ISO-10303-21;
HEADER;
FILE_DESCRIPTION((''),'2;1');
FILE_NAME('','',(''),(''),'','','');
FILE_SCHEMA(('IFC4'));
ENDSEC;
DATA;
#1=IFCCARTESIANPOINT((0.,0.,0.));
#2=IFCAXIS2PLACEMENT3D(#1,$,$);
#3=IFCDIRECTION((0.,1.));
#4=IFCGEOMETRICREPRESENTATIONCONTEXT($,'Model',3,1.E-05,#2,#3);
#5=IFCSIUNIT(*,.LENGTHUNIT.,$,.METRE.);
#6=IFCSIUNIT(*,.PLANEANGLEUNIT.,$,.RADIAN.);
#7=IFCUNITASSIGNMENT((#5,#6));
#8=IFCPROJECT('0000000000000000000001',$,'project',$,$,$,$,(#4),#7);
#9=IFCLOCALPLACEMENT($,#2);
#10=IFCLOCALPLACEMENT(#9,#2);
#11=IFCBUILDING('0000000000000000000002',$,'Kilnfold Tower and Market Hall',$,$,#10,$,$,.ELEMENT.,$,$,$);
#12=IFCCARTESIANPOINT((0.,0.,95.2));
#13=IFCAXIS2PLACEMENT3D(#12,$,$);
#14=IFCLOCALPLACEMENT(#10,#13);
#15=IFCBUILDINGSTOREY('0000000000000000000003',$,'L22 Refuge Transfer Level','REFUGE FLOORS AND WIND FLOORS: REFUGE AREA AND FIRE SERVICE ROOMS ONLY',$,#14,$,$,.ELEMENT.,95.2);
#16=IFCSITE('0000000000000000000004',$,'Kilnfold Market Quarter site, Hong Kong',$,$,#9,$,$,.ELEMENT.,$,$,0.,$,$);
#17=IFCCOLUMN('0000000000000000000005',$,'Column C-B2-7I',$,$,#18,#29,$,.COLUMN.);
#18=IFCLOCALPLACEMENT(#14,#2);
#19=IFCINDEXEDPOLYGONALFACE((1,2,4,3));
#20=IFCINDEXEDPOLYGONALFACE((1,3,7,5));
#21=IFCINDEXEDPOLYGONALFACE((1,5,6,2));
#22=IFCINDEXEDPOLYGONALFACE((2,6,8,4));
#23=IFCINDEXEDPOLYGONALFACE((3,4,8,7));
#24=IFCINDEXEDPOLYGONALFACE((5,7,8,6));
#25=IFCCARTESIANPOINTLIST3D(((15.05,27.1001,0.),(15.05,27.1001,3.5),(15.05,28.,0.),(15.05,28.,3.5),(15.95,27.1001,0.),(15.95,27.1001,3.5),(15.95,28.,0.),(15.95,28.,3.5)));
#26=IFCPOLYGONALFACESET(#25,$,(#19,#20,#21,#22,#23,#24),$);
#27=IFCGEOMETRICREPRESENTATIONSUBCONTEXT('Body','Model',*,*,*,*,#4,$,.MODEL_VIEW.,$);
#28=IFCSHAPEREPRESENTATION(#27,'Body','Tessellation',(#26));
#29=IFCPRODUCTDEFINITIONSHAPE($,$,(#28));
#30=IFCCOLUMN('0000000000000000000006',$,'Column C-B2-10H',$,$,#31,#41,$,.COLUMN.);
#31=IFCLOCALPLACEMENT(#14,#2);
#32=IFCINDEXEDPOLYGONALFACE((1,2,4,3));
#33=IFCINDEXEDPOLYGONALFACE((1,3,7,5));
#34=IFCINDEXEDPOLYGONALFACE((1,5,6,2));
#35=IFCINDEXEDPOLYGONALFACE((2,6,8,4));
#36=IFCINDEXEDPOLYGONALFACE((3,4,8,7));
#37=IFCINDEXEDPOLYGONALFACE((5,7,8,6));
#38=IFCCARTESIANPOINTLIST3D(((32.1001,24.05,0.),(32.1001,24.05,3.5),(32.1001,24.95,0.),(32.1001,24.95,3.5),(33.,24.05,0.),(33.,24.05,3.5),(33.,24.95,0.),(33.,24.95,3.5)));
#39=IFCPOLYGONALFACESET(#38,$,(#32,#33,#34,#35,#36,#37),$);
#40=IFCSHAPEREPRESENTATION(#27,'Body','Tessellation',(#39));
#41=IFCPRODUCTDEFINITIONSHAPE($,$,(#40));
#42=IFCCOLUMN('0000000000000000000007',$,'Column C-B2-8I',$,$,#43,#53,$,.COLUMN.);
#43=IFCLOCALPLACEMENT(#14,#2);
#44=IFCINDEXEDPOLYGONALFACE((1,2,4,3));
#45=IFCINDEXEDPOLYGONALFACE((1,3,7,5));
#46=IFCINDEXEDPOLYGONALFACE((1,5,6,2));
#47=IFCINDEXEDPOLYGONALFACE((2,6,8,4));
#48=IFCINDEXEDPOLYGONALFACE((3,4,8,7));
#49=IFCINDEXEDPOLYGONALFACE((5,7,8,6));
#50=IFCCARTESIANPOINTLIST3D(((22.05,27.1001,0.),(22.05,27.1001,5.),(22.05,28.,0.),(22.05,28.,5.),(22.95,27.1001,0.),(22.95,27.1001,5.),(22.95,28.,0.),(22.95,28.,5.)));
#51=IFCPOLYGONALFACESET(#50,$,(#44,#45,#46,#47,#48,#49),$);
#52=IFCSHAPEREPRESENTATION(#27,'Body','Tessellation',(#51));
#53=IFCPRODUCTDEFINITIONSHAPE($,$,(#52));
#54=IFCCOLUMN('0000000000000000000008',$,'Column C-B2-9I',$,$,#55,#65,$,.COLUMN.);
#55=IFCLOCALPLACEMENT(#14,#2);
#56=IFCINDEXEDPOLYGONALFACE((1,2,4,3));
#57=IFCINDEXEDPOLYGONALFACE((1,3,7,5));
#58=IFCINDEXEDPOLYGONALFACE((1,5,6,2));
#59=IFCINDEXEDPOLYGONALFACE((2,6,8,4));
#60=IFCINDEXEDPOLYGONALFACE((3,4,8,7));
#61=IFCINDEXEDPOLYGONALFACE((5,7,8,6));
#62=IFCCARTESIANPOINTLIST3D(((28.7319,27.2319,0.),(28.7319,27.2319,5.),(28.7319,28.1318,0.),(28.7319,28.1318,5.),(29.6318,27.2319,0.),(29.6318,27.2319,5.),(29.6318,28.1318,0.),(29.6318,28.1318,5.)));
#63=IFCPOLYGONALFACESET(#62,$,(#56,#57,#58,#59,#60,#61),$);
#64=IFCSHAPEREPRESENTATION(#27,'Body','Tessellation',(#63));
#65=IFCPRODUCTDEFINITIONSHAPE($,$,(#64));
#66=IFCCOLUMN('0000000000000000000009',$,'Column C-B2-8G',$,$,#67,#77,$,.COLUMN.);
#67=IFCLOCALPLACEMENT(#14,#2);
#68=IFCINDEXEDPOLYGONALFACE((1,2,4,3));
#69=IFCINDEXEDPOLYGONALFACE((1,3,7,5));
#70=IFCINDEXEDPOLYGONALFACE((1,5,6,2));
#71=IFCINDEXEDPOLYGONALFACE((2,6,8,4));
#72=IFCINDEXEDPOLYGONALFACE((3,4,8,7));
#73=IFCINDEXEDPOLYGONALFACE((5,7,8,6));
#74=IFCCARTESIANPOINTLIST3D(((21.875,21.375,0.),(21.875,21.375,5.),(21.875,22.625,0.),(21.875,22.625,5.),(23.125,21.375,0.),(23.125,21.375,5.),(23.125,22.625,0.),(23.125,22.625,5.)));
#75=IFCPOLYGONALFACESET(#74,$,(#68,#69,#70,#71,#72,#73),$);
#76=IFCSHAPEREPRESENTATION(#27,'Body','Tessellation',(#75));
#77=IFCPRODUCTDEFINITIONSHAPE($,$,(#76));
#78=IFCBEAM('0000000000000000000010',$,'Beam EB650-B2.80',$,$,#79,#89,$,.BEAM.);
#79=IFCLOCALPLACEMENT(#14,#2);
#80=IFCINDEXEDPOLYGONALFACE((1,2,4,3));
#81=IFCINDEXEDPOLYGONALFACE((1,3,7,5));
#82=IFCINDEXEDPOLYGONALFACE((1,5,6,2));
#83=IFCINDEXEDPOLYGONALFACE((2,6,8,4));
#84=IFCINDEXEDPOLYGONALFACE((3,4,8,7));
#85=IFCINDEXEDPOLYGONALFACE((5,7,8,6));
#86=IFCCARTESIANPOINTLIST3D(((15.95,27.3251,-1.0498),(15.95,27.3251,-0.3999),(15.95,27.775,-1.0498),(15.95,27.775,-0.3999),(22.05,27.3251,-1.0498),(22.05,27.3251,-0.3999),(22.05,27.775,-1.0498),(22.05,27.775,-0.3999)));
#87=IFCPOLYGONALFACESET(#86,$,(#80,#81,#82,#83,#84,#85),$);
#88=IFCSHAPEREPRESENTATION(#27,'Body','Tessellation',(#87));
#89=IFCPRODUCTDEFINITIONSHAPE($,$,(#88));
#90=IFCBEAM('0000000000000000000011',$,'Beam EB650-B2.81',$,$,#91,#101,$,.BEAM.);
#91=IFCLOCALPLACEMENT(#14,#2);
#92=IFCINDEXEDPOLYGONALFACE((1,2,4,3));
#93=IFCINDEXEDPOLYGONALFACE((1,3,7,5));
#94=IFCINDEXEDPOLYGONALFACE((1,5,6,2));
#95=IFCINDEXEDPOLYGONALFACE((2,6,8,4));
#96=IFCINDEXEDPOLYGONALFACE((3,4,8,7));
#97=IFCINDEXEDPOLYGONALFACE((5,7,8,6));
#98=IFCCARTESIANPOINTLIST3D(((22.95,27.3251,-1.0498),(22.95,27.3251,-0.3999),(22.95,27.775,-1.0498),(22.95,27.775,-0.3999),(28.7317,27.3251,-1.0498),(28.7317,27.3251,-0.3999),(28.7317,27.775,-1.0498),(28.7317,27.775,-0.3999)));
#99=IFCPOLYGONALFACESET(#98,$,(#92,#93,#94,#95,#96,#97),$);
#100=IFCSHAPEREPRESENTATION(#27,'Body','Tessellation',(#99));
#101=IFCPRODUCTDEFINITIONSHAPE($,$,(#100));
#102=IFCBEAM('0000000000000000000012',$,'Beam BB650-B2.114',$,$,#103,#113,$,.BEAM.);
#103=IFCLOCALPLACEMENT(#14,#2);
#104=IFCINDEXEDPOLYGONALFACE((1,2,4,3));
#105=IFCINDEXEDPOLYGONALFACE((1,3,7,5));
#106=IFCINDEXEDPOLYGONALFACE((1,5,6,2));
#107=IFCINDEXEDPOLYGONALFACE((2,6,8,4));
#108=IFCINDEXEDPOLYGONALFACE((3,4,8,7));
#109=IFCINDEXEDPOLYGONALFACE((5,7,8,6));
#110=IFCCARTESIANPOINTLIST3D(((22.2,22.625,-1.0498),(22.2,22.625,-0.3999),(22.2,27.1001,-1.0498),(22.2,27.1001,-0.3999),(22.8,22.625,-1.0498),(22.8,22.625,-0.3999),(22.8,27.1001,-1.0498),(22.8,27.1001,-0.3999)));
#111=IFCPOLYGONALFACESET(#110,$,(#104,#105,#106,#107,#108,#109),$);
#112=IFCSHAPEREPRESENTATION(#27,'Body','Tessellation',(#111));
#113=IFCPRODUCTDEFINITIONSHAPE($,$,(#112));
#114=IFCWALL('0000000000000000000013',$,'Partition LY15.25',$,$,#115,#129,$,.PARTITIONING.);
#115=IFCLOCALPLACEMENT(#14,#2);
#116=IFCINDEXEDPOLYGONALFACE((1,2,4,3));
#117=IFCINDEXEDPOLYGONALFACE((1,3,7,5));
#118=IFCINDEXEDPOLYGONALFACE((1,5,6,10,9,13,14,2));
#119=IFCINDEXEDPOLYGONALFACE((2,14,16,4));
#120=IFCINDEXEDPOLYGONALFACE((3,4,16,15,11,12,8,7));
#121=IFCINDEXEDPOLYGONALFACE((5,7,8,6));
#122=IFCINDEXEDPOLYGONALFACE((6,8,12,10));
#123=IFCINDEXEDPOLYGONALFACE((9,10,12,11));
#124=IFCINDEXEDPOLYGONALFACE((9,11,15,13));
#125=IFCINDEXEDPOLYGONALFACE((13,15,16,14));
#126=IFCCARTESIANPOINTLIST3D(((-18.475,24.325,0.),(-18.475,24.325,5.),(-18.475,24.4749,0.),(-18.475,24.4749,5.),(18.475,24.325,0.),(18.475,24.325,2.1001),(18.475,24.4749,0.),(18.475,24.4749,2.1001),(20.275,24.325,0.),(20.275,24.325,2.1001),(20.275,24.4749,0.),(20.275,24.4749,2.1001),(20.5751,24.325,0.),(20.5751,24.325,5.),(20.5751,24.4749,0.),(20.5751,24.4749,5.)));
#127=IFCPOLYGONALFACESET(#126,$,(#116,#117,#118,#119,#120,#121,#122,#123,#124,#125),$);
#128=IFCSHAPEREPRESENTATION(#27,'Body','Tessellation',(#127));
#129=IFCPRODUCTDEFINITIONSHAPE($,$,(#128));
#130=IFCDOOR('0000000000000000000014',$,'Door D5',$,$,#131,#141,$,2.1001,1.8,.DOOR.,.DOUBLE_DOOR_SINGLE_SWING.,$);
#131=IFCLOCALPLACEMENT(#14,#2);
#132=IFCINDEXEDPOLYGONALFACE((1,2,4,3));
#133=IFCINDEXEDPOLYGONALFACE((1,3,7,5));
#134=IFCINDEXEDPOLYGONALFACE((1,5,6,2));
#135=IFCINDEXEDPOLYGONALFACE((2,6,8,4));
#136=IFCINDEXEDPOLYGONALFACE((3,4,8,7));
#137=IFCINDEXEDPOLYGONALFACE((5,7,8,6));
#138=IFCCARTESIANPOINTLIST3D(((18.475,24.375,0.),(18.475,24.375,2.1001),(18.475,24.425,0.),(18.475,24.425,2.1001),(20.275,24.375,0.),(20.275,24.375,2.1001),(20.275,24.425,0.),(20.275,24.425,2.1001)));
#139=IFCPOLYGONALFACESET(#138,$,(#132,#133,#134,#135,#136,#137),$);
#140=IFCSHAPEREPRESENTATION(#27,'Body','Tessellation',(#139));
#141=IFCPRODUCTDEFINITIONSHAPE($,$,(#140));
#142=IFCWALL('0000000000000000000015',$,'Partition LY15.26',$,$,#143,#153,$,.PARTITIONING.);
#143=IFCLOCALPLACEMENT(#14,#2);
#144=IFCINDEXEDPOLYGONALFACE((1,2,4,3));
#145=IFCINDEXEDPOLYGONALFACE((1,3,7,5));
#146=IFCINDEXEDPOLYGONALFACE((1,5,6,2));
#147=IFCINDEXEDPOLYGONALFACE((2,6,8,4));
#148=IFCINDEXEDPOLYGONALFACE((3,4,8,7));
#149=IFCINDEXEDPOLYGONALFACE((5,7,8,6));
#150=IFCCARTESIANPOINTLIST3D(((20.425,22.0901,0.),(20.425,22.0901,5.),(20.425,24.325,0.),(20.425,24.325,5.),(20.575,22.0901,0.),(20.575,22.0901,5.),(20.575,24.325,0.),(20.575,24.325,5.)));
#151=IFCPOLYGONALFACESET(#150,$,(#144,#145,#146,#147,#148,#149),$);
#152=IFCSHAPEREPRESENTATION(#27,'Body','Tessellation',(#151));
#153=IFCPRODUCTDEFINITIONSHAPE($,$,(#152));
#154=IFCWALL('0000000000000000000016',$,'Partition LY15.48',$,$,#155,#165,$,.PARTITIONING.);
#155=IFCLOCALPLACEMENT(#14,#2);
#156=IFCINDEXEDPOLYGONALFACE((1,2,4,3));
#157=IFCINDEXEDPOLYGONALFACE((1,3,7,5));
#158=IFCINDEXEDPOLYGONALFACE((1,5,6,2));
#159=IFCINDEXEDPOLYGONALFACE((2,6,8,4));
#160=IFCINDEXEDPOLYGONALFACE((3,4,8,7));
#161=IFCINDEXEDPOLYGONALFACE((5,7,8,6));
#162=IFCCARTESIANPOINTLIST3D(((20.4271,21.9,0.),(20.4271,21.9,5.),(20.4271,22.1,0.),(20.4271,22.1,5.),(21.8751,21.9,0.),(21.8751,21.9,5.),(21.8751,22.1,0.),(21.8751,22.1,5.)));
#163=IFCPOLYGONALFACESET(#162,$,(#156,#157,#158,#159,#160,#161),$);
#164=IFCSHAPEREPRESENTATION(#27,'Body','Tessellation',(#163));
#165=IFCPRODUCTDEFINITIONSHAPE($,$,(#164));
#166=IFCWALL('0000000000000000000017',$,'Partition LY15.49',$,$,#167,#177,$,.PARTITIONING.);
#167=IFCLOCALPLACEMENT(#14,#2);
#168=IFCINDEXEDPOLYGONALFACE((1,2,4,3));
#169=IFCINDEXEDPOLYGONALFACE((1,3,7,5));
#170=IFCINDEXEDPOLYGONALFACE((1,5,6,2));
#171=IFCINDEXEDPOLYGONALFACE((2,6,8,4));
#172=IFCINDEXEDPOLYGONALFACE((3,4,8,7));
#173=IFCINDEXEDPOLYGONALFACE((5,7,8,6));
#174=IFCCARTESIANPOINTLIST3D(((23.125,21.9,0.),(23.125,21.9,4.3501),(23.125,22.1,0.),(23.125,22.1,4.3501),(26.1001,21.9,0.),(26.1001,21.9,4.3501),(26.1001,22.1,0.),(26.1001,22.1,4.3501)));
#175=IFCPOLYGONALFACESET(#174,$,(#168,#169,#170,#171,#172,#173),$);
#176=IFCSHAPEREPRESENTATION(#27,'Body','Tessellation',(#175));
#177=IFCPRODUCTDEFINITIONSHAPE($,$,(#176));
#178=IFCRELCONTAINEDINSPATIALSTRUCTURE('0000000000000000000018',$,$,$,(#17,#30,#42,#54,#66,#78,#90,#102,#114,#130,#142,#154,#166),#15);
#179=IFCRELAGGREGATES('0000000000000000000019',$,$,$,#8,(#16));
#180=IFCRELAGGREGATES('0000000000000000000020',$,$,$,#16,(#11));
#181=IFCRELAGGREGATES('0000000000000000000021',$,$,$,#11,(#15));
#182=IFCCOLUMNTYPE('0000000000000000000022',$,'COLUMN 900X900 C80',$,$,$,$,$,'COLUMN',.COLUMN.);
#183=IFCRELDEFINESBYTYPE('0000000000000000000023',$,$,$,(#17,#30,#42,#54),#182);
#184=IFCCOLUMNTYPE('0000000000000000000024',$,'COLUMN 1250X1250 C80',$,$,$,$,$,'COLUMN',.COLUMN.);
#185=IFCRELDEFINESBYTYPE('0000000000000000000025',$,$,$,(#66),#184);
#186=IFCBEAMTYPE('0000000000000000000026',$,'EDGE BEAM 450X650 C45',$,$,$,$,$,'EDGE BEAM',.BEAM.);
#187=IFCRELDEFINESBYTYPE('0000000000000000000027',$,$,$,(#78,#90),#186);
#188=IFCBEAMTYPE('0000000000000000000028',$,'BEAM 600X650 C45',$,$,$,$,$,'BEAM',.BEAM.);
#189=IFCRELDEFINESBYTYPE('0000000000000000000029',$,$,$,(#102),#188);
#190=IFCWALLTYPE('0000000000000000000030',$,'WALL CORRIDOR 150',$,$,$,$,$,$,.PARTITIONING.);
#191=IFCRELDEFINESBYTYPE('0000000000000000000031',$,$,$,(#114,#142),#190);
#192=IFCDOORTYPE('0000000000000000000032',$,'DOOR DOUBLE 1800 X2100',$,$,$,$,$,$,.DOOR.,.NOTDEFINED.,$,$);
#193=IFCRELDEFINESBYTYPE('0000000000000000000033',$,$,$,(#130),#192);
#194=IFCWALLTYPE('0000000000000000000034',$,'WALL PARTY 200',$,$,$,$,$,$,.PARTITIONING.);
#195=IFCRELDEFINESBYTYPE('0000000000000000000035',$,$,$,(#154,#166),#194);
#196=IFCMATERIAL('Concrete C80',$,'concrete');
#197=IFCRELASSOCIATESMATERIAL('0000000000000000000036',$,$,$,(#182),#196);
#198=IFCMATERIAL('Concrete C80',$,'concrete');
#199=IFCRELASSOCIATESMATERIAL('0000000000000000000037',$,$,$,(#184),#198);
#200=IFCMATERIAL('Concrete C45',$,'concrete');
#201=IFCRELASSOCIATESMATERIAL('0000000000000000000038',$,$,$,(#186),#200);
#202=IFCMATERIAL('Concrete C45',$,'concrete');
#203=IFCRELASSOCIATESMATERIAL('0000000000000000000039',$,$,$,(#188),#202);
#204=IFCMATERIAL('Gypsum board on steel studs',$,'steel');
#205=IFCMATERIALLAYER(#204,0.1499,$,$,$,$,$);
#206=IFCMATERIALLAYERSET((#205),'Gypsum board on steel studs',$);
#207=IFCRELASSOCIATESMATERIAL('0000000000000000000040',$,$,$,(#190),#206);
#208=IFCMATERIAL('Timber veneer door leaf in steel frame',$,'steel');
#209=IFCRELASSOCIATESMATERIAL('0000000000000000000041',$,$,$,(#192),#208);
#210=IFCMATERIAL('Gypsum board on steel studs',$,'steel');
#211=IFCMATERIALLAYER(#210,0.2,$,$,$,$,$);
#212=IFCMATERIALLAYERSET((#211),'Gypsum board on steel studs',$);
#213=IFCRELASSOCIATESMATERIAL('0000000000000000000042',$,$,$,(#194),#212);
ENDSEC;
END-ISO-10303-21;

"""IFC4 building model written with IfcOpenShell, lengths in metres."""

from ifc_helpers import new_model, si_unit, direction, frame, frame_2d, origin, origin_2d, place, context, subcontext, project, spatial, rectangle, extrude, source, transform, mapped, material, layer, layer_set, material_profile, profile_set, type_object, element, fill, save


model = new_model("IFC4")

# Units and contexts
model_context = context("Model", 3, precision=1e-05, world=origin(), true_north=direction((0.0, 1.0)))
body_context = subcontext(model_context, "Body", "Model", "MODEL_VIEW")
ifc_project = project(units=[si_unit("LENGTHUNIT", "METRE"), si_unit("PLANEANGLEUNIT", "RADIAN")], contexts=[model_context])

# Site, building, storey
site_placement = place(None, origin())
site = spatial("IfcSite", under=ifc_project, at=site_placement, Name="Kilnfold Market Quarter site, Hong Kong", CompositionType="ELEMENT", RefElevation=0.0)
building_placement = place(site_placement, origin())
building = spatial("IfcBuilding", under=site, at=building_placement, Name="Kilnfold Tower and Market Hall", CompositionType="ELEMENT")
storey_placement = place(building_placement, frame((0.0, 0.0, 95.2)))
storey = spatial("IfcBuildingStorey", under=building, at=storey_placement, Name="L22 Refuge Transfer Level", Description="REFUGE FLOORS AND WIND FLOORS: REFUGE AREA AND FIRE SERVICE ROOMS ONLY", CompositionType="ELEMENT", Elevation=95.2)

# Columns
ifc_material_1 = material(Name="Concrete C80", Category="concrete")
ifc_material_profile_1 = material_profile(ifc_material_1, rectangle(XDim=0.8999, YDim=0.8999, at=origin_2d()), Name="RC 900x900")
ifc_profile_set_1 = profile_set([ifc_material_profile_1], Name="Concrete C80")
column_type_1 = type_object("IfcColumnType", Name="COLUMN 900X900 C80", ElementType="COLUMN", PredefinedType="COLUMN", material=ifc_profile_set_1)
shared_shape_1 = source(origin(), body_context, "Body", "SweptSolid", [
    extrude(rectangle(XDim=0.8999, YDim=0.8999, at=origin_2d()), origin(), (0.0, 0.0, 1.0), 3.5),
])
for number, where, z_axis, x_axis, name in (
    (1, (15.5, 27.55, 0.0), (0.0, 0.0, 1.0), (1.0, 0.0, 0.0), "Column C-B2-7I"),
    (2, (32.55, 24.5, 0.0), (0.0, 0.0, 1.0), (1.0, 0.0, 0.0), "Column C-B2-10H"),
):
    element("IfcColumn", number, at=place(storey_placement, frame(where, z_axis=z_axis, x_axis=x_axis)), inside=storey, type_object=column_type_1, Name=name, PredefinedType="COLUMN", context=body_context, shape_type="MappedRepresentation", body=[
        mapped(shared_shape_1, transform((0.0, 0.0, 0.0))),
    ])
shared_shape_2 = source(origin(), body_context, "Body", "SweptSolid", [
    extrude(rectangle(XDim=0.8999, YDim=0.8999, at=origin_2d()), origin(), (0.0, 0.0, 1.0), 5.0),
])
for number, where, z_axis, x_axis, name in (
    (3, (22.5, 27.55, 0.0), (0.0, 0.0, 1.0), (1.0, 0.0, 0.0), "Column C-B2-8I"),
    (4, (29.1819, 27.6819, 0.0), (0.0, 0.0, 1.0), (1.0, 0.0, 0.0), "Column C-B2-9I"),
):
    element("IfcColumn", number, at=place(storey_placement, frame(where, z_axis=z_axis, x_axis=x_axis)), inside=storey, type_object=column_type_1, Name=name, PredefinedType="COLUMN", context=body_context, shape_type="MappedRepresentation", body=[
        mapped(shared_shape_2, transform((0.0, 0.0, 0.0))),
    ])
ifc_material_2 = material(Name="Concrete C80", Category="concrete")
ifc_material_profile_2 = material_profile(ifc_material_2, rectangle(XDim=1.25, YDim=1.25, at=origin_2d()), Name="RC 1250x1250")
ifc_profile_set_2 = profile_set([ifc_material_profile_2], Name="Concrete C80")
column_type_2 = type_object("IfcColumnType", Name="COLUMN 1250X1250 C80", ElementType="COLUMN", PredefinedType="COLUMN", material=ifc_profile_set_2)
shared_shape_3 = source(origin(), body_context, "Body", "SweptSolid", [
    extrude(rectangle(XDim=1.25, YDim=1.25, at=origin_2d()), origin(), (0.0, 0.0, 1.0), 5.0),
])
column_placement = place(storey_placement, frame((22.5, 22.0, 0.0), z_axis=(0.0, 0.0, 1.0), x_axis=(1.0, 0.0, 0.0)))
element("IfcColumn", 5, at=column_placement, inside=storey, type_object=column_type_2, Name="Column C-B2-8G", PredefinedType="COLUMN", context=body_context, shape_type="MappedRepresentation", body=[
    mapped(shared_shape_3, transform((0.0, 0.0, 0.0))),
])

# Beams
ifc_material_3 = material(Name="Concrete C45", Category="concrete")
ifc_material_profile_3 = material_profile(ifc_material_3, rectangle(XDim=0.45, YDim=0.6499, at=origin_2d()), Name="RC 450x650")
ifc_profile_set_3 = profile_set([ifc_material_profile_3], Name="Concrete C45")
beam_type_1 = type_object("IfcBeamType", Name="EDGE BEAM 450X650 C45", ElementType="EDGE BEAM", PredefinedType="BEAM", material=ifc_profile_set_3)
shared_shape_4 = source(origin(), body_context, "Body", "SweptSolid", [
    extrude(rectangle(XDim=0.45, YDim=0.6499, at=origin_2d()), origin(), (0.0, 0.0, 1.0), 6.1001),
])
beam_1_placement = place(storey_placement, frame((15.95, 27.55, -0.7249), z_axis=(1.0, 0.0, 0.0), x_axis=(0.0, 1.0, 0.0)))
element("IfcBeam", 6, at=beam_1_placement, inside=storey, type_object=beam_type_1, Name="Beam EB650-B2.80", PredefinedType="BEAM", context=body_context, shape_type="MappedRepresentation", body=[
    mapped(shared_shape_4, transform((0.0, 0.0, 0.0))),
])
shared_shape_5 = source(origin(), body_context, "Body", "SweptSolid", [
    extrude(rectangle(XDim=0.45, YDim=0.6499, at=origin_2d()), origin(), (0.0, 0.0, 1.0), 5.7817),
])
beam_2_placement = place(storey_placement, frame((22.95, 27.55, -0.7249), z_axis=(1.0, 0.0, 0.0), x_axis=(0.0, 1.0, 0.0)))
element("IfcBeam", 7, at=beam_2_placement, inside=storey, type_object=beam_type_1, Name="Beam EB650-B2.81", PredefinedType="BEAM", context=body_context, shape_type="MappedRepresentation", body=[
    mapped(shared_shape_5, transform((0.0, 0.0, 0.0))),
])
ifc_material_4 = material(Name="Concrete C45", Category="concrete")
ifc_material_profile_4 = material_profile(ifc_material_4, rectangle(XDim=0.6001, YDim=0.6499, at=origin_2d()), Name="RC 600x650")
ifc_profile_set_4 = profile_set([ifc_material_profile_4], Name="Concrete C45")
beam_type_2 = type_object("IfcBeamType", Name="BEAM 600X650 C45", ElementType="BEAM", PredefinedType="BEAM", material=ifc_profile_set_4)
shared_shape_6 = source(origin(), body_context, "Body", "SweptSolid", [
    extrude(rectangle(XDim=0.6001, YDim=0.6499, at=origin_2d()), origin(), (0.0, 0.0, 1.0), 4.4751),
])
beam_3_placement = place(storey_placement, frame((22.5, 22.625, -0.7249), z_axis=(0.0, 1.0, 0.0), x_axis=(-1.0, 0.0, 0.0)))
element("IfcBeam", 8, at=beam_3_placement, inside=storey, type_object=beam_type_2, Name="Beam BB650-B2.114", PredefinedType="BEAM", context=body_context, shape_type="MappedRepresentation", body=[
    mapped(shared_shape_6, transform((0.0, 0.0, 0.0))),
])

# Wall, opening, door
ifc_material_5 = material(Name="Gypsum board on steel studs", Category="steel")
ifc_layer_1 = layer(ifc_material_5, 0.1499)
ifc_layer_set_1 = layer_set([ifc_layer_1], Name="Gypsum board on steel studs")
wall_type_1 = type_object("IfcWallType", Name="WALL CORRIDOR 150", PredefinedType="PARTITIONING", material=ifc_layer_set_1)
wall_1_placement = place(storey_placement, frame((20.575, 24.3999, 0.0), z_axis=(0.0, 0.0, 1.0), x_axis=(-1.0, 0.0, 0.0)))
wall_1 = element("IfcWall", 9, at=wall_1_placement, inside=storey, type_object=wall_type_1, Name="Partition LY15.25", PredefinedType="PARTITIONING", context=body_context, shape_type="SweptSolid", body=[
    extrude(rectangle(XDim=39.05, YDim=0.1499, at=frame_2d((19.5249, 0.0))), origin(), (0.0, 0.0, 1.0), 5.0),
])
opening_placement = place(wall_1_placement, frame((0.3, 0.0, 0.0)))
opening = element("IfcOpeningElement", 10, at=opening_placement, cuts=wall_1, PredefinedType="OPENING", context=body_context, shape_type="SweptSolid", body=[
    extrude(rectangle(XDim=1.8, YDim=2.1001, at=frame_2d((0.8999, 1.05))), frame((0.0, 0.085, 0.0), z_axis=(0.0, -1.0, 0.0), x_axis=(1.0, 0.0, 0.0)), (0.0, 0.0, 1.0), 0.1699),
])
ifc_material_6 = material(Name="Timber veneer door leaf in steel frame", Category="steel")
door_type = type_object("IfcDoorType", Name="DOOR DOUBLE 1800 X2100", OperationType="NOTDEFINED", PredefinedType="DOOR", material=ifc_material_6)
door_placement = place(opening_placement, origin())
door = element("IfcDoor", 11, at=door_placement, inside=storey, type_object=door_type, Name="Door D5", OperationType="DOUBLE_DOOR_SINGLE_SWING", OverallHeight=2.1001, OverallWidth=1.8, PredefinedType="DOOR", context=body_context, shape_type="SweptSolid", body=[
    extrude(rectangle(XDim=1.8, YDim=2.1001, at=frame_2d((0.8999, 1.05))), frame((0.0, 0.0249, 0.0), z_axis=(0.0, -1.0, 0.0), x_axis=(1.0, 0.0, 0.0)), (0.0, 0.0, 1.0), 0.05),
])
fill(opening, door)

# Walls
wall_2_placement = place(storey_placement, frame((20.5, 22.0901, 0.0), z_axis=(0.0, 0.0, 1.0), x_axis=(0.0, 1.0, 0.0)))
element("IfcWall", 12, at=wall_2_placement, inside=storey, type_object=wall_type_1, Name="Partition LY15.26", PredefinedType="PARTITIONING", context=body_context, shape_type="SweptSolid", body=[
    extrude(rectangle(XDim=2.2349, YDim=0.1499, at=frame_2d((1.1174, 0.0))), origin(), (0.0, 0.0, 1.0), 5.0),
])
ifc_material_7 = material(Name="Gypsum board on steel studs", Category="steel")
ifc_layer_2 = layer(ifc_material_7, 0.2)
ifc_layer_set_2 = layer_set([ifc_layer_2], Name="Gypsum board on steel studs")
wall_type_2 = type_object("IfcWallType", Name="WALL PARTY 200", PredefinedType="PARTITIONING", material=ifc_layer_set_2)
wall_3_placement = place(storey_placement, frame((20.427, 22.0, 0.0), z_axis=(0.0, 0.0, 1.0), x_axis=(1.0, 0.0, 0.0)))
element("IfcWall", 13, at=wall_3_placement, inside=storey, type_object=wall_type_2, Name="Partition LY15.48", PredefinedType="PARTITIONING", context=body_context, shape_type="SweptSolid", body=[
    extrude(rectangle(XDim=1.448, YDim=0.2, at=frame_2d((0.7241, 0.0))), origin(), (0.0, 0.0, 1.0), 5.0),
])
wall_4_placement = place(storey_placement, frame((23.125, 22.0, 0.0), z_axis=(0.0, 0.0, 1.0), x_axis=(1.0, 0.0, 0.0)))
element("IfcWall", 14, at=wall_4_placement, inside=storey, type_object=wall_type_2, Name="Partition LY15.49", PredefinedType="PARTITIONING", context=body_context, shape_type="SweptSolid", body=[
    extrude(rectangle(XDim=2.9751, YDim=0.2, at=frame_2d((1.4875, 0.0))), origin(), (0.0, 0.0, 1.0), 4.3501),
])

save(model, "model.ifc")
